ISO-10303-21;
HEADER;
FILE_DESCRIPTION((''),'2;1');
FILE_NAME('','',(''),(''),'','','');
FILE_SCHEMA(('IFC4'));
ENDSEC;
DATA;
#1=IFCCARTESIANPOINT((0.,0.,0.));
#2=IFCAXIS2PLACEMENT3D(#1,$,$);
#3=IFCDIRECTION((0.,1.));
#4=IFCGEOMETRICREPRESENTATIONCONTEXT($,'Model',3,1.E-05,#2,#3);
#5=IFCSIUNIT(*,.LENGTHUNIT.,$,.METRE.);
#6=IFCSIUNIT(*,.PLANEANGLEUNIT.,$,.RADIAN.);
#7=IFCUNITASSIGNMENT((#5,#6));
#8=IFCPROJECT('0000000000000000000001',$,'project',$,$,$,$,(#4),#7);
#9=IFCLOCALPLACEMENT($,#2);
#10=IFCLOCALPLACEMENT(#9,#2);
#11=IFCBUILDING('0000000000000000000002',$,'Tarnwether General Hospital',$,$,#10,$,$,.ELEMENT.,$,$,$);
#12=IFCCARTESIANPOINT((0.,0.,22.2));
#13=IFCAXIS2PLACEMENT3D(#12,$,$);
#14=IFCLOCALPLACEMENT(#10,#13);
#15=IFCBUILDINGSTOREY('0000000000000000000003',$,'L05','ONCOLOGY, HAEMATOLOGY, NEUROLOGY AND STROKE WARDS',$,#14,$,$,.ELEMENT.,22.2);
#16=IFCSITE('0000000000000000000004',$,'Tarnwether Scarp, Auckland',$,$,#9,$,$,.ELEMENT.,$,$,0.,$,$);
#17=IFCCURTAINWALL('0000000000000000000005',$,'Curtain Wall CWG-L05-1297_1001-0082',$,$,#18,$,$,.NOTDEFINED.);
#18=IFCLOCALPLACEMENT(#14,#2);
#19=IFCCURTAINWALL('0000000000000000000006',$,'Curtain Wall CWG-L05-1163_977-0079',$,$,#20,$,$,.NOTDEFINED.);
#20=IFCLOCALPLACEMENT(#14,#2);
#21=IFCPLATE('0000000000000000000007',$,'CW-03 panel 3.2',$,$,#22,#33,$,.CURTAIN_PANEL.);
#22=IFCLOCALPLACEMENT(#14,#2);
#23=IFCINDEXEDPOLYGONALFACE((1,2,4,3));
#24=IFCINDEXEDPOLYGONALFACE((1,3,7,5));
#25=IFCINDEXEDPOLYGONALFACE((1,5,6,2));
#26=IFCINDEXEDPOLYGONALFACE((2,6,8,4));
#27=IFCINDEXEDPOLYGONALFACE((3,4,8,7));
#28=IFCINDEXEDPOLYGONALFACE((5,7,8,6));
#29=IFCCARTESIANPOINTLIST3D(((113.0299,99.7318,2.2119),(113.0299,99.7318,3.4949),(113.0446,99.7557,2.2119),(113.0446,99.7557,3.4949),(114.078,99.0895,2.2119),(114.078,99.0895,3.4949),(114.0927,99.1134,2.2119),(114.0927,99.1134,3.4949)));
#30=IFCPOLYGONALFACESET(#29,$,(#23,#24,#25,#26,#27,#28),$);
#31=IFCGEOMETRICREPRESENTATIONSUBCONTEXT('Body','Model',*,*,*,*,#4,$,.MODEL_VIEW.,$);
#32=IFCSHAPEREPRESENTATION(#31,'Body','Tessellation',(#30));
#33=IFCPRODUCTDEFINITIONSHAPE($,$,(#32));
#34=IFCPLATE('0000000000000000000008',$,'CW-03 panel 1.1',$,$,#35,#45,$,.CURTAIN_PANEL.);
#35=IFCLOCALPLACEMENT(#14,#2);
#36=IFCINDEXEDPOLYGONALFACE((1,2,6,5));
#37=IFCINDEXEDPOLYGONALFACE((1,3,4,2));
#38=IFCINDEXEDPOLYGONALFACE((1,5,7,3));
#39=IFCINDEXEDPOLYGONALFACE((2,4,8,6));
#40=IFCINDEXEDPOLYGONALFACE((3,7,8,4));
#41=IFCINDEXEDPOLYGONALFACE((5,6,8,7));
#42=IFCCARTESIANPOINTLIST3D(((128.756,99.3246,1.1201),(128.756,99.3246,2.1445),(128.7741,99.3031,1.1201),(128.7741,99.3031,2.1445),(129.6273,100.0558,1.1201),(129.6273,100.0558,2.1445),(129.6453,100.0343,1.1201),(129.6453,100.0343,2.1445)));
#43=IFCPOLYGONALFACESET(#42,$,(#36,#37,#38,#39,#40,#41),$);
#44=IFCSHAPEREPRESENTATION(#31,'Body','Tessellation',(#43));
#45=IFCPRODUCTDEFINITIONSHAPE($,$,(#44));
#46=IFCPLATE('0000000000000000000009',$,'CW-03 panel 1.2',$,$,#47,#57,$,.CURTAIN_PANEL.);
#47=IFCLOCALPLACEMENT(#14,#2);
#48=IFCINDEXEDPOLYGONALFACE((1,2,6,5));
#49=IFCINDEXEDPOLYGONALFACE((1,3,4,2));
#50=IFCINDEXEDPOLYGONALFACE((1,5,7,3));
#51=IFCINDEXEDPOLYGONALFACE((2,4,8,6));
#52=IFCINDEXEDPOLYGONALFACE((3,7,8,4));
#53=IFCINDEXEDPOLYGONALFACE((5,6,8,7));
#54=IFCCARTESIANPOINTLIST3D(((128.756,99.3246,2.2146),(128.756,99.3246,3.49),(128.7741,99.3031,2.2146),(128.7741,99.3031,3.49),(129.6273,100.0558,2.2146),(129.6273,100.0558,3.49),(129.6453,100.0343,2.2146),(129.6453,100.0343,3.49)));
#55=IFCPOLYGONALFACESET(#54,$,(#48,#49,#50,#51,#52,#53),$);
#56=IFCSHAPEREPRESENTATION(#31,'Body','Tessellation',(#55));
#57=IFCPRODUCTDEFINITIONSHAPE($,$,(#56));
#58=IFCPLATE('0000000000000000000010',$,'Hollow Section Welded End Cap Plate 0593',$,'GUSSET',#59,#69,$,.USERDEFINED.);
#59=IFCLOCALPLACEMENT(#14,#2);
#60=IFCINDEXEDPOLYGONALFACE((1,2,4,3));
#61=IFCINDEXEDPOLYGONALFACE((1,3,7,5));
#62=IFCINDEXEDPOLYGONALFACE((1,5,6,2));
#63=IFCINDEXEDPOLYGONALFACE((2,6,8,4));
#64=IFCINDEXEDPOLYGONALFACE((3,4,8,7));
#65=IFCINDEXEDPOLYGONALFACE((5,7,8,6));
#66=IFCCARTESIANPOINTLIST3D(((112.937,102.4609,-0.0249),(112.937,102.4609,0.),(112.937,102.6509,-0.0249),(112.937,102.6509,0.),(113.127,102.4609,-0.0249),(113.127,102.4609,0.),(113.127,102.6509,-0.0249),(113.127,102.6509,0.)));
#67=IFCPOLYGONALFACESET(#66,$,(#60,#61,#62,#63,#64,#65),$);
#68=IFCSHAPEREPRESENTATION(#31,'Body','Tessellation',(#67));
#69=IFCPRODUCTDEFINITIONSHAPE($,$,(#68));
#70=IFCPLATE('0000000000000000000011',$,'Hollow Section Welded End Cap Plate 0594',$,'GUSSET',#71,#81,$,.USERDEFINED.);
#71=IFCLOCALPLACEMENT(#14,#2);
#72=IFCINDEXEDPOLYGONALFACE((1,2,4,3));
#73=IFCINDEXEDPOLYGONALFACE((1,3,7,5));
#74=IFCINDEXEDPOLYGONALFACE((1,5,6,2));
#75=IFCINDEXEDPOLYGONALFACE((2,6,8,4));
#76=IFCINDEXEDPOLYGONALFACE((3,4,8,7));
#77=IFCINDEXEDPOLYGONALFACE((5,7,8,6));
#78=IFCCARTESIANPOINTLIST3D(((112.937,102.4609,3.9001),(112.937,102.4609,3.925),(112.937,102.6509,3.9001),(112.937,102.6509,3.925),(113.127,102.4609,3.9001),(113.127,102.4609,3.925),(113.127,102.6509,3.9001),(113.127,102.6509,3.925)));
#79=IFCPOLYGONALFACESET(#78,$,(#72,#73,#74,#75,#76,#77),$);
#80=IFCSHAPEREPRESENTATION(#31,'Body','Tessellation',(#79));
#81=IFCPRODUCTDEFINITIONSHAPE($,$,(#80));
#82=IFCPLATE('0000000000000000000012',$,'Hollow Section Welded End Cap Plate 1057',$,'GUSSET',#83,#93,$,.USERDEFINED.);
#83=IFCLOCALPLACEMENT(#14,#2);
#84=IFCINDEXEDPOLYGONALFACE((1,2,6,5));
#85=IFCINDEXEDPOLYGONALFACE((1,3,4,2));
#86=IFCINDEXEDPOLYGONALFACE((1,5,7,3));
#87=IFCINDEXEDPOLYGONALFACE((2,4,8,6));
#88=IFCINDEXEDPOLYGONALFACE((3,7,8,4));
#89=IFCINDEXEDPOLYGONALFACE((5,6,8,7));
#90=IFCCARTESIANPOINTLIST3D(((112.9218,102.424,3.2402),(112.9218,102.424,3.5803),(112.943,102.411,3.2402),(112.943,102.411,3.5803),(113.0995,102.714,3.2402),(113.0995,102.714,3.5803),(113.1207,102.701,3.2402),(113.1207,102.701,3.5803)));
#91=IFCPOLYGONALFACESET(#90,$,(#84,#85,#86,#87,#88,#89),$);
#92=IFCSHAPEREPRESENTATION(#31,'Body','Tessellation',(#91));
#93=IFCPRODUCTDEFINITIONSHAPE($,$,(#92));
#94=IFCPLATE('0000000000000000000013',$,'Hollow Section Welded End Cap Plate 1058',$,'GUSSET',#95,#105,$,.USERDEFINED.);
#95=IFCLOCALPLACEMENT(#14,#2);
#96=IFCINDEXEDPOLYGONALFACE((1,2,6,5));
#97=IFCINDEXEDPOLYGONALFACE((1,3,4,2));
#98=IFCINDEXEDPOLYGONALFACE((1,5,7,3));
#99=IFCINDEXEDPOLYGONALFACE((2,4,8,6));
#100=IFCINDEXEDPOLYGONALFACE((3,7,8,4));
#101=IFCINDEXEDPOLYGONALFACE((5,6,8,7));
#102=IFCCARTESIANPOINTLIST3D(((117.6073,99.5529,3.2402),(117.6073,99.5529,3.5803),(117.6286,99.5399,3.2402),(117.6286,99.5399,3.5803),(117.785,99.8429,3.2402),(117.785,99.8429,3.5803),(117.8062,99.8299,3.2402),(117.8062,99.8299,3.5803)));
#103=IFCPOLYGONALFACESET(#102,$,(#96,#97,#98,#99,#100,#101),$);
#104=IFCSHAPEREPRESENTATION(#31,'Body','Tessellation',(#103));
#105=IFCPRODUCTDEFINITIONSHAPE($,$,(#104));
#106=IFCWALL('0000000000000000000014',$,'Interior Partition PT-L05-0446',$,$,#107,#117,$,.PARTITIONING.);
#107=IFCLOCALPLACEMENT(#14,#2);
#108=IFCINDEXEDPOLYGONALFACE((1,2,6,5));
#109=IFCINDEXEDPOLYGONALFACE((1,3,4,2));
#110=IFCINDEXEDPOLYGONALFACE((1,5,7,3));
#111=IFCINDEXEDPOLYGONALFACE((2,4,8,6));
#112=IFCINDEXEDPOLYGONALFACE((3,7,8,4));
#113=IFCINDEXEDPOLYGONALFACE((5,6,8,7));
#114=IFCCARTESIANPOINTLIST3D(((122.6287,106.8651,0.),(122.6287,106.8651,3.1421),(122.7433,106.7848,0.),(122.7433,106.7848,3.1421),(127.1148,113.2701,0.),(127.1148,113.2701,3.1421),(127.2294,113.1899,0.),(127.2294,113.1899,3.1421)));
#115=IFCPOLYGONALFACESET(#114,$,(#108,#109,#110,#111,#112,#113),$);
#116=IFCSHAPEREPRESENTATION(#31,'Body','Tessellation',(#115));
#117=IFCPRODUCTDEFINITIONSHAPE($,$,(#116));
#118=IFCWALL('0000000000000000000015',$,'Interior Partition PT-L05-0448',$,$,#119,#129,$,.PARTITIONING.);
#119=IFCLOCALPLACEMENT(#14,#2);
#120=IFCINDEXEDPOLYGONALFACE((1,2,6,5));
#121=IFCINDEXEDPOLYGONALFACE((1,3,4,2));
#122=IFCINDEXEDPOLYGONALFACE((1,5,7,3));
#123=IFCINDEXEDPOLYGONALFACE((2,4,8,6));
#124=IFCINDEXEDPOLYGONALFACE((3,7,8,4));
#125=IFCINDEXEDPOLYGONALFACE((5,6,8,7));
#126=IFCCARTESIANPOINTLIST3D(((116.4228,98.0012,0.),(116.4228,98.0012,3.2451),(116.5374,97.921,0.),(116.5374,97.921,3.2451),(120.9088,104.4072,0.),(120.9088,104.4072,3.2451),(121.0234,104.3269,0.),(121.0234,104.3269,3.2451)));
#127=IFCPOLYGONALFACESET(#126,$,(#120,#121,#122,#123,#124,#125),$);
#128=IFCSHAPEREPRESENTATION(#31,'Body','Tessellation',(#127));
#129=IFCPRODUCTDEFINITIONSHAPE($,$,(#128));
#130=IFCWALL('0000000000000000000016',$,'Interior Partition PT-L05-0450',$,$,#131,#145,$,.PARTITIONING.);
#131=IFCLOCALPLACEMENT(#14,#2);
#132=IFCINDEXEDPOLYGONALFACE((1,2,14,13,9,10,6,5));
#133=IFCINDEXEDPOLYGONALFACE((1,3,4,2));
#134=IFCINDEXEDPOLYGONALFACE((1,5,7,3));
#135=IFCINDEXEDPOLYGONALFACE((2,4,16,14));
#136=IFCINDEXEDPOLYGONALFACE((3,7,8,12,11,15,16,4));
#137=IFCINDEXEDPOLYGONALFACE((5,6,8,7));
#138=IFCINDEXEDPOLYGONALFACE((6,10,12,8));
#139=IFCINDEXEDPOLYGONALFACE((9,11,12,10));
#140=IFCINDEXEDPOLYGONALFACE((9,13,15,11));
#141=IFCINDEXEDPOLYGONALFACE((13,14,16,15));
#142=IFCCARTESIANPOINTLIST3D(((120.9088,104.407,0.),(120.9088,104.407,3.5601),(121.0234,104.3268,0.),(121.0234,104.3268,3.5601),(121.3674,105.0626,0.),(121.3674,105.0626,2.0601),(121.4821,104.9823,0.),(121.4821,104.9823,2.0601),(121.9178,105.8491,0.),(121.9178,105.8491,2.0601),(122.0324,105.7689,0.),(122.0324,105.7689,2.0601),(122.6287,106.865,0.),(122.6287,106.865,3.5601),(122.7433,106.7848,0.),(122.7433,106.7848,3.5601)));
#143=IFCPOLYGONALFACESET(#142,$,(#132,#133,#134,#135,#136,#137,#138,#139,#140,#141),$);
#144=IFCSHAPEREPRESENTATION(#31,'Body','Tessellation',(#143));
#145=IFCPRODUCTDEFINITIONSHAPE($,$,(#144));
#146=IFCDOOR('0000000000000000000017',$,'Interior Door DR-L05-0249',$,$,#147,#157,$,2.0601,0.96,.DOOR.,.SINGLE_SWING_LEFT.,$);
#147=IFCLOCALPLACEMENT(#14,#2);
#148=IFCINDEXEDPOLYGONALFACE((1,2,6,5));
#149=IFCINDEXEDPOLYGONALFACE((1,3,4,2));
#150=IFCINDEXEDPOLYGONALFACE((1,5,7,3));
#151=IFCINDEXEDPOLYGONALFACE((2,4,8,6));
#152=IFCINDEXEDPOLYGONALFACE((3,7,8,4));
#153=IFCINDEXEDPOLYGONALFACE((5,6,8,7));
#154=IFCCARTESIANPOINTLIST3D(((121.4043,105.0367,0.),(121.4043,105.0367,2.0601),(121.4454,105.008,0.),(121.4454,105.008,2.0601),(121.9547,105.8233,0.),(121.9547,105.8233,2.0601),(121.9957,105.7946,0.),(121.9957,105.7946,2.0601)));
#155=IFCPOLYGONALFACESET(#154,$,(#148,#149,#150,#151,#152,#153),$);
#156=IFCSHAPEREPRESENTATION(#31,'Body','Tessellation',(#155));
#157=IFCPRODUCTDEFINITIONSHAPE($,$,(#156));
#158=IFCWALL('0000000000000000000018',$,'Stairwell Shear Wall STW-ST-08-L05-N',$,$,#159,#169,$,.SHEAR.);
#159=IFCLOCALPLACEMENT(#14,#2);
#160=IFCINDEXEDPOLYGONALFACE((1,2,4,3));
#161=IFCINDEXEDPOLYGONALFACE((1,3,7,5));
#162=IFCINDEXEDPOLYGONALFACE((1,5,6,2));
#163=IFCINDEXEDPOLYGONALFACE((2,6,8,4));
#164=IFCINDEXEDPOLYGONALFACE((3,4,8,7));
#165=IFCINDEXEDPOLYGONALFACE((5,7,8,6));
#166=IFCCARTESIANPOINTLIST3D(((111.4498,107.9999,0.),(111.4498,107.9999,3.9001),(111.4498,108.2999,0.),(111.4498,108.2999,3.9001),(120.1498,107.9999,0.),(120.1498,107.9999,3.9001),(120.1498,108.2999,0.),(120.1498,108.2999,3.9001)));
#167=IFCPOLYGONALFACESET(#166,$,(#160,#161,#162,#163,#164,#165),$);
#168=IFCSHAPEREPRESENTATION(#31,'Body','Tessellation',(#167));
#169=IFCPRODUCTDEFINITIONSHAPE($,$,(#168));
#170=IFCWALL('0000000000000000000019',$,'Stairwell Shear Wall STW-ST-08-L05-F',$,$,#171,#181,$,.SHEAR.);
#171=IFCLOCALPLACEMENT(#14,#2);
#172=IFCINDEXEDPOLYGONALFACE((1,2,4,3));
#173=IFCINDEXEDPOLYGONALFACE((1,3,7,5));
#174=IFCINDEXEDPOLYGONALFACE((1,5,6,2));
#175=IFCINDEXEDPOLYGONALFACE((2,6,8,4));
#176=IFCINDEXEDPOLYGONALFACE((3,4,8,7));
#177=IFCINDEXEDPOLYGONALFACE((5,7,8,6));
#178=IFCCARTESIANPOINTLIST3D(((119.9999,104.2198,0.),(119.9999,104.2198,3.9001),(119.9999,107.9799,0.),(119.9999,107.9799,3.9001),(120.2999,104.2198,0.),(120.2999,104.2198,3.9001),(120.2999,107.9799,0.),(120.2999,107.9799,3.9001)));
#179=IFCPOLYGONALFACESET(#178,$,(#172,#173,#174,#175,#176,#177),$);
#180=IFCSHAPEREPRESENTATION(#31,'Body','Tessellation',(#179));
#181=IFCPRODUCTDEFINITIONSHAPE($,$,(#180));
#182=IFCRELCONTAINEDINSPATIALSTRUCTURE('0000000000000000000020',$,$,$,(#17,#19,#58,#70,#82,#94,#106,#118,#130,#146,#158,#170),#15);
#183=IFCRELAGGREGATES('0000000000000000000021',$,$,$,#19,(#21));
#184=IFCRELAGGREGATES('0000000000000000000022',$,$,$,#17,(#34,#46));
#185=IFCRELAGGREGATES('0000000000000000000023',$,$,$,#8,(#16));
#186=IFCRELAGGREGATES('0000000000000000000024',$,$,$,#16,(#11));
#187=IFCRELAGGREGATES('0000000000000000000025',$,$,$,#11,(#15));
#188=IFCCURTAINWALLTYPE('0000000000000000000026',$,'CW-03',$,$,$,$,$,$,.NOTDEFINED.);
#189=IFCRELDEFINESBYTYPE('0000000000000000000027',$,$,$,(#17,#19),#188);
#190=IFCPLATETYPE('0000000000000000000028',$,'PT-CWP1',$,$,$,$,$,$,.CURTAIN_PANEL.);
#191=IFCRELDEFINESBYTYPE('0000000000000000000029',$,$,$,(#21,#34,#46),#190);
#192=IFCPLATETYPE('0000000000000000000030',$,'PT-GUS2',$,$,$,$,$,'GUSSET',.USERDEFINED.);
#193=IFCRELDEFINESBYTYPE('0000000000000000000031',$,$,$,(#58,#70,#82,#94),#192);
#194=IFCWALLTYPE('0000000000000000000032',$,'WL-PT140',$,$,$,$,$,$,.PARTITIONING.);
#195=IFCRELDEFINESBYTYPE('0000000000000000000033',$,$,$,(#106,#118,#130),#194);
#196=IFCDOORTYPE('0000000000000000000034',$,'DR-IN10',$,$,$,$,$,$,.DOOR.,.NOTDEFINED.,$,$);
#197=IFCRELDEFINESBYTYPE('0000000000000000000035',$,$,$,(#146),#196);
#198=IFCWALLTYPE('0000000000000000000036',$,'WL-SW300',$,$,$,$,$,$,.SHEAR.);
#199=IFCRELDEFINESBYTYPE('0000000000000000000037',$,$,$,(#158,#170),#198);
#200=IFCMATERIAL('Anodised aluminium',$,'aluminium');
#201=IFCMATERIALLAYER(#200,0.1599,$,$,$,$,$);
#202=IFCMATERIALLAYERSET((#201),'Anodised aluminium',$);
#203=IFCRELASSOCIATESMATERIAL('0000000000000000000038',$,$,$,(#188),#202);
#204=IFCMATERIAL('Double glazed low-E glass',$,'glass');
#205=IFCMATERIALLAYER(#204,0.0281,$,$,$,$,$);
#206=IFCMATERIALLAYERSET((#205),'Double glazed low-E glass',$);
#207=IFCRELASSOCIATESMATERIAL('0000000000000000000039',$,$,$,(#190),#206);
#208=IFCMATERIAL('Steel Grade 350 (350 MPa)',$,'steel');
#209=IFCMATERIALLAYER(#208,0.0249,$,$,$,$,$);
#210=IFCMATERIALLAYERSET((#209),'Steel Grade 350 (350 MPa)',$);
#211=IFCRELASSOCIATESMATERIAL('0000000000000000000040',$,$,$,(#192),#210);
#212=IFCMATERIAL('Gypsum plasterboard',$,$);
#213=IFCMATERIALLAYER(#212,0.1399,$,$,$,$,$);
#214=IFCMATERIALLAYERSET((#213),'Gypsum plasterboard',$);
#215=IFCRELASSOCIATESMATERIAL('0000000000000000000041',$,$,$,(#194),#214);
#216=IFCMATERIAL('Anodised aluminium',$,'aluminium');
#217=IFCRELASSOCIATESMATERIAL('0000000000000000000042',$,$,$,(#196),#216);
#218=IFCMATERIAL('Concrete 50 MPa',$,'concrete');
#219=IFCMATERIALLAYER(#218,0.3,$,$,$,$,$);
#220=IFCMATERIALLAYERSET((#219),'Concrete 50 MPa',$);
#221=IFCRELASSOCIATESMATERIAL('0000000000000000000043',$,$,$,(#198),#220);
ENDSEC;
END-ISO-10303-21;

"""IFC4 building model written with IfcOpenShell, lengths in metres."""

from ifc_helpers import new_model, si_unit, direction, frame, frame_2d, origin, origin_2d, place, context, subcontext, project, spatial, rectangle, extrude, material, layer, layer_set, type_object, element, fill, aggregate, save


model = new_model("IFC4")

# Units and contexts
model_context = context("Model", 3, precision=1e-05, world=origin(), true_north=direction((0.0, 1.0)))
body_context = subcontext(model_context, "Body", "Model", "MODEL_VIEW")
ifc_project = project(units=[si_unit("LENGTHUNIT", "METRE"), si_unit("PLANEANGLEUNIT", "RADIAN")], contexts=[model_context])

# Site, building, storey
site_placement = place(None, origin())
site = spatial("IfcSite", under=ifc_project, at=site_placement, Name="Tarnwether Scarp, Auckland", CompositionType="ELEMENT", RefElevation=0.0)
building_placement = place(site_placement, origin())
building = spatial("IfcBuilding", under=site, at=building_placement, Name="Tarnwether General Hospital", CompositionType="ELEMENT")
storey_placement = place(building_placement, frame((0.0, 0.0, 22.2)))
storey = spatial("IfcBuildingStorey", under=building, at=storey_placement, Name="L05", Description="ONCOLOGY, HAEMATOLOGY, NEUROLOGY AND STROKE WARDS", CompositionType="ELEMENT", Elevation=22.2)

# Curtain walls
ifc_material_1 = material(Name="Anodised aluminium", Category="aluminium")
ifc_layer_1 = layer(ifc_material_1, 0.1599)
ifc_layer_set_1 = layer_set([ifc_layer_1], Name="Anodised aluminium")
curtain_wall_type = type_object("IfcCurtainWallType", Name="CW-03", PredefinedType="NOTDEFINED", material=ifc_layer_set_1)
curtain_wall_1_placement = place(storey_placement, origin())
curtain_wall_1 = element("IfcCurtainWall", 1, at=curtain_wall_1_placement, inside=storey, type_object=curtain_wall_type, Name="Curtain Wall CWG-L05-1297_1001-0082", PredefinedType="NOTDEFINED")
curtain_wall_2_placement = place(storey_placement, origin())
curtain_wall_2 = element("IfcCurtainWall", 2, at=curtain_wall_2_placement, inside=storey, type_object=curtain_wall_type, Name="Curtain Wall CWG-L05-1163_977-0079", PredefinedType="NOTDEFINED")

# Plates
ifc_material_2 = material(Name="Double glazed low-E glass", Category="glass")
ifc_layer_2 = layer(ifc_material_2, 0.0281)
ifc_layer_set_2 = layer_set([ifc_layer_2], Name="Double glazed low-E glass")
plate_type_1 = type_object("IfcPlateType", Name="PT-CWP1", PredefinedType="CURTAIN_PANEL", material=ifc_layer_set_2)
plate_1_placement = place(storey_placement, frame((113.5613, 99.4226, 2.2119), z_axis=(0.0, 0.0, 1.0), x_axis=(-0.852632, 0.522512, 0.0)))
plate_1 = element("IfcPlate", 3, at=plate_1_placement, type_object=plate_type_1, Name="CW-03 panel 3.2", PredefinedType="CURTAIN_PANEL", context=body_context, shape_type="SweptSolid", body=[
    extrude(rectangle(XDim=1.2292, YDim=0.0281, at=origin_2d()), origin(), (0.0, 0.0, 1.0), 1.283),
])
aggregate(curtain_wall_2, [plate_1])
plate_2_placement = place(storey_placement, frame((129.2007, 99.6794, 1.1201), z_axis=(0.0, 0.0, 1.0), x_axis=(-0.76599, -0.642852, 0.0)))
plate_2 = element("IfcPlate", 4, at=plate_2_placement, type_object=plate_type_1, Name="CW-03 panel 1.1", PredefinedType="CURTAIN_PANEL", context=body_context, shape_type="SweptSolid", body=[
    extrude(rectangle(XDim=1.1375, YDim=0.0281, at=origin_2d()), origin(), (0.0, 0.0, 1.0), 1.0244),
])
plate_3_placement = place(storey_placement, frame((129.2007, 99.6794, 2.2146), z_axis=(0.0, 0.0, 1.0), x_axis=(-0.76599, -0.642852, 0.0)))
plate_3 = element("IfcPlate", 5, at=plate_3_placement, type_object=plate_type_1, Name="CW-03 panel 1.2", PredefinedType="CURTAIN_PANEL", context=body_context, shape_type="SweptSolid", body=[
    extrude(rectangle(XDim=1.1375, YDim=0.0281, at=origin_2d()), origin(), (0.0, 0.0, 1.0), 1.2754),
])
aggregate(curtain_wall_1, [plate_2, plate_3])

# Plates
ifc_material_3 = material(Name="Steel Grade 350 (350 MPa)", Category="steel")
ifc_layer_3 = layer(ifc_material_3, 0.0249)
ifc_layer_set_3 = layer_set([ifc_layer_3], Name="Steel Grade 350 (350 MPa)")
plate_type_2 = type_object("IfcPlateType", Name="PT-GUS2", ElementType="GUSSET", PredefinedType="USERDEFINED", material=ifc_layer_set_3)
for number, where, z_axis, x_axis, name in (
    (6, (113.032, 102.5559, -0.0249), (0.0, 0.0, 1.0), (1.0, 0.0, 0.0), "Hollow Section Welded End Cap Plate 0593"),
    (7, (113.032, 102.5559, 3.9001), (0.0, 0.0, 1.0), (1.0, 0.0, 0.0), "Hollow Section Welded End Cap Plate 0594"),
):
    element("IfcPlate", number, at=place(storey_placement, frame(where, z_axis=z_axis, x_axis=x_axis)), inside=storey, type_object=plate_type_2, Name=name, ObjectType="GUSSET", PredefinedType="USERDEFINED", context=body_context, shape_type="SweptSolid", body=[
        extrude(rectangle(XDim=0.1899, YDim=0.1899, at=origin_2d()), origin(), (0.0, 0.0, 1.0), 0.0249),
    ])
for number, where, z_axis, x_axis, name in (
    (8, (113.0212, 102.5625, 3.2402), (0.0, 0.0, 1.0), (0.852649, -0.522484, 0.0), "Hollow Section Welded End Cap Plate 1057"),
    (9, (117.7068, 99.6914, 3.2402), (0.0, 0.0, 1.0), (0.852649, -0.522484, 0.0), "Hollow Section Welded End Cap Plate 1058"),
):
    element("IfcPlate", number, at=place(storey_placement, frame(where, z_axis=z_axis, x_axis=x_axis)), inside=storey, type_object=plate_type_2, Name=name, ObjectType="GUSSET", PredefinedType="USERDEFINED", context=body_context, shape_type="SweptSolid", body=[
        extrude(rectangle(XDim=0.0249, YDim=0.3401, at=origin_2d()), origin(), (0.0, 0.0, 1.0), 0.3401),
    ])

# Walls
ifc_material_4 = material(Name="Gypsum plasterboard")
ifc_layer_4 = layer(ifc_material_4, 0.1399)
ifc_layer_set_4 = layer_set([ifc_layer_4], Name="Gypsum plasterboard")
wall_type_1 = type_object("IfcWallType", Name="WL-PT140", PredefinedType="PARTITIONING", material=ifc_layer_set_4)
wall_1_placement = place(storey_placement, frame((122.686, 106.825, 0.0), z_axis=(0.0, 0.0, 1.0), x_axis=(0.573682, 0.819078, 0.0)))
element("IfcWall", 10, at=wall_1_placement, inside=storey, type_object=wall_type_1, Name="Interior Partition PT-L05-0446", PredefinedType="PARTITIONING", context=body_context, shape_type="SweptSolid", body=[
    extrude(rectangle(XDim=7.8198, YDim=0.1399, at=frame_2d((3.9099, 0.0))), origin(), (0.0, 0.0, 1.0), 3.1421),
])
wall_2_placement = place(storey_placement, frame((120.9661, 104.3669, 0.0), z_axis=(0.0, 0.0, 1.0), x_axis=(-0.573624, -0.819119, 0.0)))
element("IfcWall", 11, at=wall_2_placement, inside=storey, type_object=wall_type_1, Name="Interior Partition PT-L05-0448", PredefinedType="PARTITIONING", context=body_context, shape_type="SweptSolid", body=[
    extrude(rectangle(XDim=7.8206, YDim=0.1399, at=frame_2d((3.9102, 0.0))), origin(), (0.0, 0.0, 1.0), 3.2451),
])

# Wall, opening, door
wall_3_placement = place(storey_placement, frame((120.9661, 104.3669, 0.0), z_axis=(0.0, 0.0, 1.0), x_axis=(0.57332, 0.819331, 0.0)))
wall_3 = element("IfcWall", 12, at=wall_3_placement, inside=storey, type_object=wall_type_1, Name="Interior Partition PT-L05-0450", PredefinedType="PARTITIONING", context=body_context, shape_type="SweptSolid", body=[
    extrude(rectangle(XDim=3.0, YDim=0.1399, at=frame_2d((1.5, 0.0))), origin(), (0.0, 0.0, 1.0), 3.5601),
])
opening_placement = place(wall_3_placement, frame((0.8, 0.0, 0.0)))
opening = element("IfcOpeningElement", 13, at=opening_placement, cuts=wall_3, PredefinedType="OPENING", context=body_context, shape_type="SweptSolid", body=[
    extrude(rectangle(XDim=0.96, YDim=2.0601, at=frame_2d((0.48, 1.03))), frame((0.0, 0.0801, 0.0), z_axis=(0.0, -1.0, 0.0), x_axis=(1.0, 0.0, 0.0)), (0.0, 0.0, 1.0), 0.1599),
])
ifc_material_5 = material(Name="Anodised aluminium", Category="aluminium")
door_type = type_object("IfcDoorType", Name="DR-IN10", OperationType="NOTDEFINED", PredefinedType="DOOR", material=ifc_material_5)
door_placement = place(opening_placement, origin())
door = element("IfcDoor", 14, at=door_placement, inside=storey, type_object=door_type, Name="Interior Door DR-L05-0249", OperationType="SINGLE_SWING_LEFT", OverallHeight=2.0601, OverallWidth=0.96, PredefinedType="DOOR", context=body_context, shape_type="SweptSolid", body=[
    extrude(rectangle(XDim=0.96, YDim=2.0601, at=frame_2d((0.48, 1.03))), frame((0.0, 0.0249, 0.0), z_axis=(0.0, -1.0, 0.0), x_axis=(1.0, 0.0, 0.0)), (0.0, 0.0, 1.0), 0.05),
])
fill(opening, door)

# Walls
ifc_material_6 = material(Name="Concrete 50 MPa", Category="concrete")
ifc_layer_5 = layer(ifc_material_6, 0.3)
ifc_layer_set_5 = layer_set([ifc_layer_5], Name="Concrete 50 MPa")
wall_type_2 = type_object("IfcWallType", Name="WL-SW300", PredefinedType="SHEAR", material=ifc_layer_set_5)
wall_4_placement = place(storey_placement, frame((120.1499, 108.1499, 0.0), z_axis=(0.0, 0.0, 1.0), x_axis=(-1.0, 0.0, 0.0)))
element("IfcWall", 15, at=wall_4_placement, inside=storey, type_object=wall_type_2, Name="Stairwell Shear Wall STW-ST-08-L05-N", PredefinedType="SHEAR", context=body_context, shape_type="SweptSolid", body=[
    extrude(rectangle(XDim=8.7, YDim=0.3, at=frame_2d((4.3501, 0.0))), origin(), (0.0, 0.0, 1.0), 3.9001),
])
wall_5_placement = place(storey_placement, frame((120.1499, 104.22, 0.0), z_axis=(0.0, 0.0, 1.0), x_axis=(0.0, 1.0, 0.0)))
element("IfcWall", 16, at=wall_5_placement, inside=storey, type_object=wall_type_2, Name="Stairwell Shear Wall STW-ST-08-L05-F", PredefinedType="SHEAR", context=body_context, shape_type="SweptSolid", body=[
    extrude(rectangle(XDim=3.76, YDim=0.3, at=frame_2d((1.8799, 0.0))), origin(), (0.0, 0.0, 1.0), 3.9001),
])

save(model, "model.ifc")
